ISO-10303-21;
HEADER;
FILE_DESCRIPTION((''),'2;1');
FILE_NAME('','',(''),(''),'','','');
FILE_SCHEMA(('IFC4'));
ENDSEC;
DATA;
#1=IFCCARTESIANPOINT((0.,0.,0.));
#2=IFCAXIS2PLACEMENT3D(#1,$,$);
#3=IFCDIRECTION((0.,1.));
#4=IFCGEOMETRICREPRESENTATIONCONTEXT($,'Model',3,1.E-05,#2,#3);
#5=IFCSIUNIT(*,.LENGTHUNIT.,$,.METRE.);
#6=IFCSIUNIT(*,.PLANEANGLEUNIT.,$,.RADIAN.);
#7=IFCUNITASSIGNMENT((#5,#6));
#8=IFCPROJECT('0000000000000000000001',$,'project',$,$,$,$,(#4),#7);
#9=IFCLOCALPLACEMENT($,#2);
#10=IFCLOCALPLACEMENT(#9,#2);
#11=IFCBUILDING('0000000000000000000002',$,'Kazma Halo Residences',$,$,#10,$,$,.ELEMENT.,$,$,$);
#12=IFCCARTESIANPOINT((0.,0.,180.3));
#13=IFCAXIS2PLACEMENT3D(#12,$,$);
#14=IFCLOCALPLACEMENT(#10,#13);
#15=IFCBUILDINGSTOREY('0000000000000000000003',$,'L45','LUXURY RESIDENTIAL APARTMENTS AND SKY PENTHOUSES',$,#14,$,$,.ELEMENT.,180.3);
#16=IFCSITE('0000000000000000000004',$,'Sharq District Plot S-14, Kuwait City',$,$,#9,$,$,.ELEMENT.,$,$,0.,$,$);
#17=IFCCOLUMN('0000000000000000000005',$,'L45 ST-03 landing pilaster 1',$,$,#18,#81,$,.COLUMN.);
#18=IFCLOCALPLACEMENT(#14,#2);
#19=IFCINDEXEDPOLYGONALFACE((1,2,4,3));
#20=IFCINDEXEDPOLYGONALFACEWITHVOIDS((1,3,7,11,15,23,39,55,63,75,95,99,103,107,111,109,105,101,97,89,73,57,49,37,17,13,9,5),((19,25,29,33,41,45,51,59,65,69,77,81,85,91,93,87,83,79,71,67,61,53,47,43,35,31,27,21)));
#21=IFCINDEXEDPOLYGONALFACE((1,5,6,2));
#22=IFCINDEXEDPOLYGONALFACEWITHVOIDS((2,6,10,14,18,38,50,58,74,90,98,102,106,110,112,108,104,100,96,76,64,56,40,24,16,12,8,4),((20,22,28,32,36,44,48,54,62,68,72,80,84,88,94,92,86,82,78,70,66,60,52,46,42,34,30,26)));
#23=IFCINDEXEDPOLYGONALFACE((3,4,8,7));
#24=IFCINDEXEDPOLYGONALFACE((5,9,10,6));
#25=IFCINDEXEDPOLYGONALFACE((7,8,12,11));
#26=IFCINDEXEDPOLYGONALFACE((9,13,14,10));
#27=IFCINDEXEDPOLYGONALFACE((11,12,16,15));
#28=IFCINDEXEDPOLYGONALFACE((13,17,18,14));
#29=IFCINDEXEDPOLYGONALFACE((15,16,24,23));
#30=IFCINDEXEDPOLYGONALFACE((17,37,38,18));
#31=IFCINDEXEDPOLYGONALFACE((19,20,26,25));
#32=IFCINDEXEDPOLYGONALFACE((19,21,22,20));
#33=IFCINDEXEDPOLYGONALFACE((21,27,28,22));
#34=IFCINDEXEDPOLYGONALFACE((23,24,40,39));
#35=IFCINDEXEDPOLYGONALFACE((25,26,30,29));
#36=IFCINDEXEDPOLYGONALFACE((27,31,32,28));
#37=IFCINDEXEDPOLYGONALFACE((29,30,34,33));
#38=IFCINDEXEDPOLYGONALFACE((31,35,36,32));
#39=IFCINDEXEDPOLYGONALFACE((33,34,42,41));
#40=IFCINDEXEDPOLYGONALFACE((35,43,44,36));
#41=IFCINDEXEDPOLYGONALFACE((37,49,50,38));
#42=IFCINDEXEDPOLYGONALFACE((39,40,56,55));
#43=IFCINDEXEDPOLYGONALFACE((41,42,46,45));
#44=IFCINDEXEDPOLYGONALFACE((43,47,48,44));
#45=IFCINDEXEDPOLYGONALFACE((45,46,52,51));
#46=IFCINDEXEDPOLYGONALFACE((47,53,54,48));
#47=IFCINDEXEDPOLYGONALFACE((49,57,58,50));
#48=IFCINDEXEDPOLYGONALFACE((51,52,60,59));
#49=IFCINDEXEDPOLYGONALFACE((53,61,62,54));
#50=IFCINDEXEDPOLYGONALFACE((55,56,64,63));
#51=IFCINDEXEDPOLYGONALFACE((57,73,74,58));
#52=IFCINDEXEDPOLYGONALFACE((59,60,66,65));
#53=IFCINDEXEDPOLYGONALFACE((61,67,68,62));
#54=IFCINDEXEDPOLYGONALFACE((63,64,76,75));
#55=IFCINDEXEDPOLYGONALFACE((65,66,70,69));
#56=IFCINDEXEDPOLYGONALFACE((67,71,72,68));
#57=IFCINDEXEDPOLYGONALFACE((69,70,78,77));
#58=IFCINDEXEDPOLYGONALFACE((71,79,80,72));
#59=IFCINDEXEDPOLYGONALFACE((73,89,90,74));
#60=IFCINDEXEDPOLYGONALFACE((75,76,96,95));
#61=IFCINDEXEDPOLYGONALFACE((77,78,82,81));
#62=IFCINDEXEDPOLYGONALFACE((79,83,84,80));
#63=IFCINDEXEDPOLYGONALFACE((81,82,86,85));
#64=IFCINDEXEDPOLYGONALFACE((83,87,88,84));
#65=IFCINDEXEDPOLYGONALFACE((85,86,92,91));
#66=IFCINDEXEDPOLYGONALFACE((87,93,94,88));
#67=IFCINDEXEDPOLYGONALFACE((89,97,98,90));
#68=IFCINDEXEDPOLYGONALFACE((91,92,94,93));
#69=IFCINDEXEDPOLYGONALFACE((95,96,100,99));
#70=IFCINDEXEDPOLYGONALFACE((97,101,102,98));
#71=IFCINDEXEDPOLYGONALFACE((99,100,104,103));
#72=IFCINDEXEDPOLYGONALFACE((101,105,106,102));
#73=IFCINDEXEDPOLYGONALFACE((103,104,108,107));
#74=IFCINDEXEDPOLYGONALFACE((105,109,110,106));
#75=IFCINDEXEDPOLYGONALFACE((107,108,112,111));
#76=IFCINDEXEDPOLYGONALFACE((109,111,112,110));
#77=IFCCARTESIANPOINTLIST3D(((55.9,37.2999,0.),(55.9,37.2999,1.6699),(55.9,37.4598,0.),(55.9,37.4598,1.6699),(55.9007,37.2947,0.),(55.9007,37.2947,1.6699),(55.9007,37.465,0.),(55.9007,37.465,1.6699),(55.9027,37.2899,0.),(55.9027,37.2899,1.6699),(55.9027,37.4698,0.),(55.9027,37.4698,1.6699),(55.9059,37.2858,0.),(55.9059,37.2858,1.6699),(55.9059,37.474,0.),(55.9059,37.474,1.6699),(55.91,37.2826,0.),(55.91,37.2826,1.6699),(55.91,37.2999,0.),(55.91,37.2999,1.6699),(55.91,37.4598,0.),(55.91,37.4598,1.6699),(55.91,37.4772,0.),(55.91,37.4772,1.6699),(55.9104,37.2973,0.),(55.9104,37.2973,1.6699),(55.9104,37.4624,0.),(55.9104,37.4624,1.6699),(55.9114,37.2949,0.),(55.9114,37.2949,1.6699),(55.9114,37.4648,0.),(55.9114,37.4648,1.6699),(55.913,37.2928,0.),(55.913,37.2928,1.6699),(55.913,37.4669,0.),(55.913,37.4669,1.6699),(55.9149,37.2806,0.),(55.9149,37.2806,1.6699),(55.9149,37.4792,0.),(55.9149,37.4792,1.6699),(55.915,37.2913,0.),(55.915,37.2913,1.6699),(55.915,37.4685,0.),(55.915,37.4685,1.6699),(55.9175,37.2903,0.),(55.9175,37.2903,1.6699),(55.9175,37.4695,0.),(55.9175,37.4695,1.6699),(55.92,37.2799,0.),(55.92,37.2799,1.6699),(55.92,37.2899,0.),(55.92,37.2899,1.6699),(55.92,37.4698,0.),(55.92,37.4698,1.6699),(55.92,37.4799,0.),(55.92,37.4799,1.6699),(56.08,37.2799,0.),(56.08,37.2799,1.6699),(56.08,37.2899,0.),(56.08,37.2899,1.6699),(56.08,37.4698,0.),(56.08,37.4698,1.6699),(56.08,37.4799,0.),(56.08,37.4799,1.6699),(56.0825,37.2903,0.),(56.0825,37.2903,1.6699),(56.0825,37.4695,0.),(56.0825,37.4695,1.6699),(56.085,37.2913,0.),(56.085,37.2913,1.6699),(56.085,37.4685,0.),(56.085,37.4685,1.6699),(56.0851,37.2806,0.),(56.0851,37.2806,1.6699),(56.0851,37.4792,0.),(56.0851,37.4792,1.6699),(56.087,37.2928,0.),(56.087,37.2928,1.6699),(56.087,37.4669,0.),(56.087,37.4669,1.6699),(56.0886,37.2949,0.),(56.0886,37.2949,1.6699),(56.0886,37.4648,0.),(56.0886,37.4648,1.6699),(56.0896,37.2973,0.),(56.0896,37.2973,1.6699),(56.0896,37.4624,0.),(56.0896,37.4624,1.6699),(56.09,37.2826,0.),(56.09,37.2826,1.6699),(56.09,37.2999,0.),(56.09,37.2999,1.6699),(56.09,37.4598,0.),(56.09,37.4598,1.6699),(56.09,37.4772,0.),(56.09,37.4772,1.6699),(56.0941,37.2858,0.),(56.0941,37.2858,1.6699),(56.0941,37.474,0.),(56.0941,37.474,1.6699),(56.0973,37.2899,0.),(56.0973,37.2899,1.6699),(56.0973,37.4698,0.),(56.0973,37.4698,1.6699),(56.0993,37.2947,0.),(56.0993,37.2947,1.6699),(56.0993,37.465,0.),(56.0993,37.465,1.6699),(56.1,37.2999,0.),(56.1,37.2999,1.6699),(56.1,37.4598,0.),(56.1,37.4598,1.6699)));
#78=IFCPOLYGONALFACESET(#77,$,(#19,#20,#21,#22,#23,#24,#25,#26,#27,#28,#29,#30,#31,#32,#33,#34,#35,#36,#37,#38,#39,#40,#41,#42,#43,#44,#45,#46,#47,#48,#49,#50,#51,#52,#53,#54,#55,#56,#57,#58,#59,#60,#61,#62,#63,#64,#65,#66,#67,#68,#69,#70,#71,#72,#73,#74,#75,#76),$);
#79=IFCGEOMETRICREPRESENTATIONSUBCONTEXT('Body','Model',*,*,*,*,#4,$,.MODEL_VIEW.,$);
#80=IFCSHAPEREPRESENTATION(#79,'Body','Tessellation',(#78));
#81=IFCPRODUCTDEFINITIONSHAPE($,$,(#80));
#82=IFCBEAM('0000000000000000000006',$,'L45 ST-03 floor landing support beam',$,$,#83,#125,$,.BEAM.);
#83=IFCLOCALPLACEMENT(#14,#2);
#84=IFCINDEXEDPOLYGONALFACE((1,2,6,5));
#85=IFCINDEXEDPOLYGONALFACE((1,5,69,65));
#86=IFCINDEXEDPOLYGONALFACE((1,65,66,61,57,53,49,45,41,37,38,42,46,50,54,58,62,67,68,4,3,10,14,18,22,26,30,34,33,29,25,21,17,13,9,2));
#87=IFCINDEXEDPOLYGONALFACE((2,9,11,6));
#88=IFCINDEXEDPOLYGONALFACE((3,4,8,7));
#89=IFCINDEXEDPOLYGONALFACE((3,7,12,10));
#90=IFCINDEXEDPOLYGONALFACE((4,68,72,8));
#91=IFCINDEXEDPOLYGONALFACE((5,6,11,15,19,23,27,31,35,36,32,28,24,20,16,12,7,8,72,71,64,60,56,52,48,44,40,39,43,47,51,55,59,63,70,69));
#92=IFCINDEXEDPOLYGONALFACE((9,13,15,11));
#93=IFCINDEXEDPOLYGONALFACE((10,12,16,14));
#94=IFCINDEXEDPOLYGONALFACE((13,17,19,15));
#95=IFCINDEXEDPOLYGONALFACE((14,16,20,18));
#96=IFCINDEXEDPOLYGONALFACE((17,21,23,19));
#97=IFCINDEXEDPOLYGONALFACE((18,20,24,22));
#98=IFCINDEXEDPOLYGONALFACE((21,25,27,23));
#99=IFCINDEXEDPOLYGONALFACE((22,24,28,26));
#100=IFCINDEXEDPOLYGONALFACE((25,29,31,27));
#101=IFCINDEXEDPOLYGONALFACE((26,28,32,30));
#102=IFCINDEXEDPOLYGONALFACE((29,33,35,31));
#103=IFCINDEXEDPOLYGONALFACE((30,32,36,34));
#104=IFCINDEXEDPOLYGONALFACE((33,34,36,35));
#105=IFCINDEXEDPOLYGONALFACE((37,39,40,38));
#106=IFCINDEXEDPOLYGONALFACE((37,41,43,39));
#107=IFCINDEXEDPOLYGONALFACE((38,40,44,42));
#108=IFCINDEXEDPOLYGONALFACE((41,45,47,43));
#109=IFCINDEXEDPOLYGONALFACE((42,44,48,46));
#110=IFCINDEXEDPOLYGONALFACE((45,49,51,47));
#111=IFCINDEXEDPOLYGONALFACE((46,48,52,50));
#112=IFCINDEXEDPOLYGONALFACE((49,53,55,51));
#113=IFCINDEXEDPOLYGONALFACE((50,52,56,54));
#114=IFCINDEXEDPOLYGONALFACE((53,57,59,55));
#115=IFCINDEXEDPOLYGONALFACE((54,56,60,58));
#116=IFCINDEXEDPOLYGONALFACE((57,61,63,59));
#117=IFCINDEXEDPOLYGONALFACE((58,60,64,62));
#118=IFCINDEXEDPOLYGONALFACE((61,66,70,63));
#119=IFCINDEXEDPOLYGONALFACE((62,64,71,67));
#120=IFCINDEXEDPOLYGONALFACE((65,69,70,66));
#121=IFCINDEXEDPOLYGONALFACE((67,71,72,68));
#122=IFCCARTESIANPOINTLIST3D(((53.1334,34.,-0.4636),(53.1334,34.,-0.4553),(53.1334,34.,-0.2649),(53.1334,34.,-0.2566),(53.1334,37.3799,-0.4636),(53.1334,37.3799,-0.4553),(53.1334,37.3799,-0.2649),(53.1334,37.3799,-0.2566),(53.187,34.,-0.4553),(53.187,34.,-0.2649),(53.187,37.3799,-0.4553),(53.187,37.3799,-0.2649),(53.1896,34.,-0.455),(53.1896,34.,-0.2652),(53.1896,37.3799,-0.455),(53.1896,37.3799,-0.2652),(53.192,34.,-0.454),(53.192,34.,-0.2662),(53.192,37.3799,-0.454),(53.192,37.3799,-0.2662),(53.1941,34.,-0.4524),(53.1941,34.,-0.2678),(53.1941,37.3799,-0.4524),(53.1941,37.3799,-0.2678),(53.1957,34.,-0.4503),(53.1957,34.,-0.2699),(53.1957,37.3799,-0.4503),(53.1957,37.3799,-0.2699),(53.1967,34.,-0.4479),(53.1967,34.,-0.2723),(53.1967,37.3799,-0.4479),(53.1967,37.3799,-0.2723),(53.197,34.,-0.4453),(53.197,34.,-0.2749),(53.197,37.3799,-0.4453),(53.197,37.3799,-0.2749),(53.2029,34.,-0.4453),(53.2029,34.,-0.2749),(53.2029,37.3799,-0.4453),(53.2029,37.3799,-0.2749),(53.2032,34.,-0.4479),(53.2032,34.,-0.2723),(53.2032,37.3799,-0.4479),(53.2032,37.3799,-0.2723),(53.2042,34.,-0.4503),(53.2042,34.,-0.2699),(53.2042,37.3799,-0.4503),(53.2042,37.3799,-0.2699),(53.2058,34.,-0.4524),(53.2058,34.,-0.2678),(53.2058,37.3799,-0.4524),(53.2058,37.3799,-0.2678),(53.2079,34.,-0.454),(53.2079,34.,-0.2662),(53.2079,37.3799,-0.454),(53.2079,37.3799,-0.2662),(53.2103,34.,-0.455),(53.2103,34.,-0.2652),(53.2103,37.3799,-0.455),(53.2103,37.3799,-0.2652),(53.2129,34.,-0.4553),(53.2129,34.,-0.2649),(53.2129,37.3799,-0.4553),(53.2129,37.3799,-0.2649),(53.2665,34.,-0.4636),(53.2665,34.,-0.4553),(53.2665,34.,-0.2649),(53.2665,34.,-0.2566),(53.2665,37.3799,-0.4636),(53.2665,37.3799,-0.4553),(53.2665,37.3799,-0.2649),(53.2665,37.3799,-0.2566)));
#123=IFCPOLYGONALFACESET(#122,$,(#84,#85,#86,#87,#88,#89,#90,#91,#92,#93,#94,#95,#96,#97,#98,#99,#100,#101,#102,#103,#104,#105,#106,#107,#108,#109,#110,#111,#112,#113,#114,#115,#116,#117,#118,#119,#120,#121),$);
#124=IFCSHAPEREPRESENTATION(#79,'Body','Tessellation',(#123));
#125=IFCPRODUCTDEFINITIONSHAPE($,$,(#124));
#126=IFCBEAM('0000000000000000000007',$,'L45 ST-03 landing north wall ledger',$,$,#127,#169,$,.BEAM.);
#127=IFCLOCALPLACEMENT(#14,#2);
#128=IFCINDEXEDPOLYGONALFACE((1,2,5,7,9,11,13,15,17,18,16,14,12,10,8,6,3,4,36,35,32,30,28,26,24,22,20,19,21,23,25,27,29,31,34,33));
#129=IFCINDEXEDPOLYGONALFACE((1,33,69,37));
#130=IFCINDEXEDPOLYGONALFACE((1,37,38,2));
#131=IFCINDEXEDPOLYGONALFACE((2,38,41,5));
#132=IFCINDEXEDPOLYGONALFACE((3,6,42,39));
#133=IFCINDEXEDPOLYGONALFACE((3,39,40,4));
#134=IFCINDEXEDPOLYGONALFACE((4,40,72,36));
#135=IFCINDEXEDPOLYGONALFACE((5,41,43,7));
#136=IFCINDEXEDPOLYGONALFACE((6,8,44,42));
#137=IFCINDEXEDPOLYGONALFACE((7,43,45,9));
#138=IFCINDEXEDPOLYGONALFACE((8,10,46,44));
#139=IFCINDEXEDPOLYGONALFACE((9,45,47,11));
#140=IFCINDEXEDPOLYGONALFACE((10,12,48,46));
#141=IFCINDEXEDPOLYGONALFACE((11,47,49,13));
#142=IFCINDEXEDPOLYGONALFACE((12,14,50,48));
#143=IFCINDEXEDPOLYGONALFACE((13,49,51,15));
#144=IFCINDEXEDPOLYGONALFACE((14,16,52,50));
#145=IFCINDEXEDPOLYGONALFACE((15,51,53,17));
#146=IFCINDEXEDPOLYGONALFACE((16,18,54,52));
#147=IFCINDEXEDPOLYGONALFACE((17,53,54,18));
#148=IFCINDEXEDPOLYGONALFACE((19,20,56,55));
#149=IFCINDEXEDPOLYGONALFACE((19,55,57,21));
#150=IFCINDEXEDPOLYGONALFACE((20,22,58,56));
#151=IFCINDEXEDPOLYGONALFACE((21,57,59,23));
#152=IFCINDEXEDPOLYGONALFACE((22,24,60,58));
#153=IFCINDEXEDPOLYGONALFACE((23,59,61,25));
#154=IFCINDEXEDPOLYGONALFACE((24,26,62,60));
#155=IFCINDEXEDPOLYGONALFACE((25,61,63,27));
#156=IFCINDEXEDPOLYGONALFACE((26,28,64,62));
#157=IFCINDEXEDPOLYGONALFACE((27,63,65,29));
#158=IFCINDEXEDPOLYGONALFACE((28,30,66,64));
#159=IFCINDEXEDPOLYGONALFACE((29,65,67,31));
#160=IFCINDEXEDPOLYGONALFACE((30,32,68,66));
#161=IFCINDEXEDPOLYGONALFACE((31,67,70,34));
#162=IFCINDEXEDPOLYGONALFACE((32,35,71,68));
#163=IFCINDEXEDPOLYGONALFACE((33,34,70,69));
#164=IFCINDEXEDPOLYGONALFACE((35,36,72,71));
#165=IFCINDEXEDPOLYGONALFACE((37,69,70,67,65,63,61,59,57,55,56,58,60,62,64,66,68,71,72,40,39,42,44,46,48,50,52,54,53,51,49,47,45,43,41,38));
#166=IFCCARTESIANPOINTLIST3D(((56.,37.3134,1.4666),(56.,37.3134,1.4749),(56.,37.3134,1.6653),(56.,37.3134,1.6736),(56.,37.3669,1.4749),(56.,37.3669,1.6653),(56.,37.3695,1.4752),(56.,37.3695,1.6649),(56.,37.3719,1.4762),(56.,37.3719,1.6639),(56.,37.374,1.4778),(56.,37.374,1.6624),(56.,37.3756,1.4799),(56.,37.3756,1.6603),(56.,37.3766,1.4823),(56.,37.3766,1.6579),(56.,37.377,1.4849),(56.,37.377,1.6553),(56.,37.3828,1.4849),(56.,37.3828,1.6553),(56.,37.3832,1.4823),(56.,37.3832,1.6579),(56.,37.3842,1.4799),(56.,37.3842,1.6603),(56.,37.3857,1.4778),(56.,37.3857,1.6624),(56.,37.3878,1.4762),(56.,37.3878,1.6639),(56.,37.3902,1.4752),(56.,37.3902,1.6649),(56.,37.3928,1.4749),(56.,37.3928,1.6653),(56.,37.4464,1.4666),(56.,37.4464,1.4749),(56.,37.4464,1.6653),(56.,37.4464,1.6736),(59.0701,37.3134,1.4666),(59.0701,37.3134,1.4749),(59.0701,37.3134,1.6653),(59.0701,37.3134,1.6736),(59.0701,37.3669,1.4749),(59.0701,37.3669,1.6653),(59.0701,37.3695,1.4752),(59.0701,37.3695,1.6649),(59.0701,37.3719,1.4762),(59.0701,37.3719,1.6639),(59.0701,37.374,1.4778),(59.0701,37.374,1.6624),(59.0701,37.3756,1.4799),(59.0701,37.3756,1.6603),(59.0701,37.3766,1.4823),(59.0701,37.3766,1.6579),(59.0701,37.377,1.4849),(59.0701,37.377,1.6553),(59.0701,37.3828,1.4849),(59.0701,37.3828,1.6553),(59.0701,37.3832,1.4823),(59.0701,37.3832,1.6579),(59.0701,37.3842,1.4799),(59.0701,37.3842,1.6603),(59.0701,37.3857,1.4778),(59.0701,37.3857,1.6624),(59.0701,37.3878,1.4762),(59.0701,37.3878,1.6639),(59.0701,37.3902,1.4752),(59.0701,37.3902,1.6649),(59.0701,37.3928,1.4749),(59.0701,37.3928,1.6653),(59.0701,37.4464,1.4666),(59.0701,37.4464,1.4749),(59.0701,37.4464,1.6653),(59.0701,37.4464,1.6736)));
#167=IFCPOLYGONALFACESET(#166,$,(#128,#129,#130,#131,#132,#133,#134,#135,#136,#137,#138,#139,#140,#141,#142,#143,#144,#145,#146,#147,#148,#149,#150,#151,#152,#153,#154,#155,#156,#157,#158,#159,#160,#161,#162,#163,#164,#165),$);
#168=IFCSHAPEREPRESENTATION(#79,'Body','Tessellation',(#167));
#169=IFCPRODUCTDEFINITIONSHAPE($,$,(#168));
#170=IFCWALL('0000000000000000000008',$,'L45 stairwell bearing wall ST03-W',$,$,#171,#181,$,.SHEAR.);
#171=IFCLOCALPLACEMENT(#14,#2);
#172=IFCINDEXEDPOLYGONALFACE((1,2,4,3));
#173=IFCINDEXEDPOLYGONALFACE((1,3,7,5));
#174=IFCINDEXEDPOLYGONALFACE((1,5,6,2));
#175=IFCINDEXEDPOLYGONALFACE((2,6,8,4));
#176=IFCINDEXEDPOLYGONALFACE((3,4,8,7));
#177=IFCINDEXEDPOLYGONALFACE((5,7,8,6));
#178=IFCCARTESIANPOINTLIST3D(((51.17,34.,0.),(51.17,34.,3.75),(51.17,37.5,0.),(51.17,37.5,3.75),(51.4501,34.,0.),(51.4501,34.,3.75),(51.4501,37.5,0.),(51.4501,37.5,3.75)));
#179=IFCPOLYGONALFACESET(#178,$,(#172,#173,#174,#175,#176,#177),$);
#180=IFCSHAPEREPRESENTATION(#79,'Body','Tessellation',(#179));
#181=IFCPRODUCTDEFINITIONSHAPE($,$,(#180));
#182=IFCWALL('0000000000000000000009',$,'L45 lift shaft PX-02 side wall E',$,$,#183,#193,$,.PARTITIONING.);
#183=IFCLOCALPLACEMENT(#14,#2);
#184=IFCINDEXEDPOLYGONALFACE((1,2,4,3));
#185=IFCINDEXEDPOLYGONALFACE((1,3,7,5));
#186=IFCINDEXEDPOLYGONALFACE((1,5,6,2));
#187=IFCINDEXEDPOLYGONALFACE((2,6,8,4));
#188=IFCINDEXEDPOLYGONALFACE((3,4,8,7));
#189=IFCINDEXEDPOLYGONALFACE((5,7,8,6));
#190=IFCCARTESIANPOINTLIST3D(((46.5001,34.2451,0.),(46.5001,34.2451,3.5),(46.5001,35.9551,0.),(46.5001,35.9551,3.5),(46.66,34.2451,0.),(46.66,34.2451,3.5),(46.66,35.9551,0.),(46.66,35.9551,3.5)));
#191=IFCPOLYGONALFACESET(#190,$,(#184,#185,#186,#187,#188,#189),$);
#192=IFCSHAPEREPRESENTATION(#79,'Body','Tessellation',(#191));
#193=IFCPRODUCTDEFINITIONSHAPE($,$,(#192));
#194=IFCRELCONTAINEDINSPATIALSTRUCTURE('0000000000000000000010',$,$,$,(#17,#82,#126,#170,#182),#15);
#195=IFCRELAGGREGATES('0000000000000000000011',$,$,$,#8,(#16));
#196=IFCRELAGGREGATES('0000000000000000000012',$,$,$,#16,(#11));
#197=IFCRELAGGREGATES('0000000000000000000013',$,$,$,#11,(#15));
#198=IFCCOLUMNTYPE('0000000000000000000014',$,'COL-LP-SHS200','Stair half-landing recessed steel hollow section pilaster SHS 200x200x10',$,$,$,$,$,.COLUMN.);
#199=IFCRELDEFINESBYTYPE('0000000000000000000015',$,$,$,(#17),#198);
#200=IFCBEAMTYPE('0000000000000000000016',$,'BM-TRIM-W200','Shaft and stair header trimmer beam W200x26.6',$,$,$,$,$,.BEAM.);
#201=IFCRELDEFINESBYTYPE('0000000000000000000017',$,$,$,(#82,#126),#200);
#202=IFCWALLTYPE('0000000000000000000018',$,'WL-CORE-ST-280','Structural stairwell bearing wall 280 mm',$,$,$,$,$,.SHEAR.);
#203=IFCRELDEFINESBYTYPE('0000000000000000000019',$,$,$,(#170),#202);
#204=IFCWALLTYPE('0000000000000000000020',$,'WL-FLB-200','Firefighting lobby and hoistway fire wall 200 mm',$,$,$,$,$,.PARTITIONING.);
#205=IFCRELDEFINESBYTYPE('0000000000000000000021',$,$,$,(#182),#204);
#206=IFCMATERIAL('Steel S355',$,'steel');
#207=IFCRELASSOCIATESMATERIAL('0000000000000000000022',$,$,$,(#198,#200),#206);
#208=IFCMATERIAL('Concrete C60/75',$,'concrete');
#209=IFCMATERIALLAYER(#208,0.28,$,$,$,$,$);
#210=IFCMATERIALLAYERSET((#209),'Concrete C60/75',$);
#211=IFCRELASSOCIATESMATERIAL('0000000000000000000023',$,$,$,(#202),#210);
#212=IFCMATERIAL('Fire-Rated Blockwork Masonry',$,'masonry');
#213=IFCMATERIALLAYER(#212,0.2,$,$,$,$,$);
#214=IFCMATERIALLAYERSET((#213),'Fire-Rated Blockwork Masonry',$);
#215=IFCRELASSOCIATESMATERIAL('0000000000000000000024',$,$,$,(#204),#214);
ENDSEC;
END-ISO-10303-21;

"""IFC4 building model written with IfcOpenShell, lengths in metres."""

from ifc_helpers import new_model, si_unit, direction, frame, frame_2d, origin, origin_2d, place, context, subcontext, project, spatial, rectangle, hollow_rectangle, i_section, extrude, material, layer, layer_set, material_profile, profile_set, type_object, element, save


model = new_model("IFC4")

# Units and contexts
model_context = context("Model", 3, precision=1e-05, world=origin(), true_north=direction((0.0, 1.0)))
body_context = subcontext(model_context, "Body", "Model", "MODEL_VIEW")
ifc_project = project(units=[si_unit("LENGTHUNIT", "METRE"), si_unit("PLANEANGLEUNIT", "RADIAN")], contexts=[model_context])

# Site, building, storey
site_placement = place(None, origin())
site = spatial("IfcSite", under=ifc_project, at=site_placement, Name="Sharq District Plot S-14, Kuwait City", CompositionType="ELEMENT", RefElevation=0.0)
building_placement = place(site_placement, origin())
building = spatial("IfcBuilding", under=site, at=building_placement, Name="Kazma Halo Residences", CompositionType="ELEMENT")
storey_placement = place(building_placement, frame((0.0, 0.0, 180.3)))
storey = spatial("IfcBuildingStorey", under=building, at=storey_placement, Name="L45", Description="LUXURY RESIDENTIAL APARTMENTS AND SKY PENTHOUSES", CompositionType="ELEMENT", Elevation=180.3)

# Column
ifc_material_1 = material(Name="Steel S355", Category="steel")
ifc_material_profile_1 = material_profile(ifc_material_1, hollow_rectangle(XDim=0.2, YDim=0.2, WallThickness=0.01, InnerFilletRadius=0.01, OuterFilletRadius=0.02, at=origin_2d()), Name="SHS200x200x10")
ifc_profile_set_1 = profile_set([ifc_material_profile_1], Name="Steel S355")
column_type = type_object("IfcColumnType", Name="COL-LP-SHS200", Description="Stair half-landing recessed steel hollow section pilaster SHS 200x200x10", PredefinedType="COLUMN", material=ifc_profile_set_1)
column_placement = place(storey_placement, frame((56.0, 37.3799, 0.0), z_axis=(0.0, 0.0, 1.0), x_axis=(1.0, 0.0, 0.0)))
element("IfcColumn", 1, at=column_placement, inside=storey, type_object=column_type, Name="L45 ST-03 landing pilaster 1", PredefinedType="COLUMN", context=body_context, shape_type="SweptSolid", body=[
    extrude(hollow_rectangle(XDim=0.2, YDim=0.2, WallThickness=0.01, InnerFilletRadius=0.01, OuterFilletRadius=0.02, at=origin_2d()), origin(), (0.0, 0.0, 1.0), 1.6699),
])

# Beams
ifc_material_profile_2 = material_profile(ifc_material_1, i_section(OverallWidth=0.1331, OverallDepth=0.207, WebThickness=0.0059, FlangeThickness=0.0083, FilletRadius=0.01, at=origin_2d()), Name="W200x26.6")
ifc_profile_set_2 = profile_set([ifc_material_profile_2], Name="Steel S355")
beam_type = type_object("IfcBeamType", Name="BM-TRIM-W200", Description="Shaft and stair header trimmer beam W200x26.6", PredefinedType="BEAM", material=ifc_profile_set_2)
beam_1_placement = place(storey_placement, frame((53.2, 34.0, -0.3601), z_axis=(0.0, 1.0, 0.0), x_axis=(-1.0, 0.0, 0.0)))
element("IfcBeam", 2, at=beam_1_placement, inside=storey, type_object=beam_type, Name="L45 ST-03 floor landing support beam", PredefinedType="BEAM", context=body_context, shape_type="SweptSolid", body=[
    extrude(i_section(OverallWidth=0.1331, OverallDepth=0.207, WebThickness=0.0059, FlangeThickness=0.0083, FilletRadius=0.01, at=origin_2d()), origin(), (0.0, 0.0, 1.0), 3.3799),
])
beam_2_placement = place(storey_placement, frame((56.0, 37.3799, 1.5701), z_axis=(1.0, 0.0, 0.0), x_axis=(0.0, 1.0, 0.0)))
element("IfcBeam", 3, at=beam_2_placement, inside=storey, type_object=beam_type, Name="L45 ST-03 landing north wall ledger", PredefinedType="BEAM", context=body_context, shape_type="SweptSolid", body=[
    extrude(i_section(OverallWidth=0.1331, OverallDepth=0.207, WebThickness=0.0059, FlangeThickness=0.0083, FilletRadius=0.01, at=origin_2d()), origin(), (0.0, 0.0, 1.0), 3.0701),
])

# Walls
ifc_material_2 = material(Name="Concrete C60/75", Category="concrete")
ifc_layer_1 = layer(ifc_material_2, 0.28)
ifc_layer_set_1 = layer_set([ifc_layer_1], Name="Concrete C60/75")
wall_type_1 = type_object("IfcWallType", Name="WL-CORE-ST-280", Description="Structural stairwell bearing wall 280 mm", PredefinedType="SHEAR", material=ifc_layer_set_1)
wall_1_placement = place(storey_placement, frame((51.3101, 34.0, 0.0), z_axis=(0.0, 0.0, 1.0), x_axis=(0.0, 1.0, 0.0)))
element("IfcWall", 4, at=wall_1_placement, inside=storey, type_object=wall_type_1, Name="L45 stairwell bearing wall ST03-W", PredefinedType="SHEAR", context=body_context, shape_type="SweptSolid", body=[
    extrude(rectangle(XDim=3.5, YDim=0.28, at=frame_2d((1.75, 0.0))), origin(), (0.0, 0.0, 1.0), 3.75),
])
ifc_material_3 = material(Name="Fire-Rated Blockwork Masonry", Category="masonry")
ifc_layer_2 = layer(ifc_material_3, 0.2)
ifc_layer_set_2 = layer_set([ifc_layer_2], Name="Fire-Rated Blockwork Masonry")
wall_type_2 = type_object("IfcWallType", Name="WL-FLB-200", Description="Firefighting lobby and hoistway fire wall 200 mm", PredefinedType="PARTITIONING", material=ifc_layer_set_2)
wall_2_placement = place(storey_placement, frame((46.5801, 34.2451, 0.0), z_axis=(0.0, 0.0, 1.0), x_axis=(0.0, 1.0, 0.0)))
element("IfcWall", 5, at=wall_2_placement, inside=storey, type_object=wall_type_2, Name="L45 lift shaft PX-02 side wall E", PredefinedType="PARTITIONING", context=body_context, shape_type="SweptSolid", body=[
    extrude(rectangle(XDim=1.71, YDim=0.1599, at=frame_2d((0.855, 0.0))), origin(), (0.0, 0.0, 1.0), 3.5),
])

save(model, "model.ifc")
